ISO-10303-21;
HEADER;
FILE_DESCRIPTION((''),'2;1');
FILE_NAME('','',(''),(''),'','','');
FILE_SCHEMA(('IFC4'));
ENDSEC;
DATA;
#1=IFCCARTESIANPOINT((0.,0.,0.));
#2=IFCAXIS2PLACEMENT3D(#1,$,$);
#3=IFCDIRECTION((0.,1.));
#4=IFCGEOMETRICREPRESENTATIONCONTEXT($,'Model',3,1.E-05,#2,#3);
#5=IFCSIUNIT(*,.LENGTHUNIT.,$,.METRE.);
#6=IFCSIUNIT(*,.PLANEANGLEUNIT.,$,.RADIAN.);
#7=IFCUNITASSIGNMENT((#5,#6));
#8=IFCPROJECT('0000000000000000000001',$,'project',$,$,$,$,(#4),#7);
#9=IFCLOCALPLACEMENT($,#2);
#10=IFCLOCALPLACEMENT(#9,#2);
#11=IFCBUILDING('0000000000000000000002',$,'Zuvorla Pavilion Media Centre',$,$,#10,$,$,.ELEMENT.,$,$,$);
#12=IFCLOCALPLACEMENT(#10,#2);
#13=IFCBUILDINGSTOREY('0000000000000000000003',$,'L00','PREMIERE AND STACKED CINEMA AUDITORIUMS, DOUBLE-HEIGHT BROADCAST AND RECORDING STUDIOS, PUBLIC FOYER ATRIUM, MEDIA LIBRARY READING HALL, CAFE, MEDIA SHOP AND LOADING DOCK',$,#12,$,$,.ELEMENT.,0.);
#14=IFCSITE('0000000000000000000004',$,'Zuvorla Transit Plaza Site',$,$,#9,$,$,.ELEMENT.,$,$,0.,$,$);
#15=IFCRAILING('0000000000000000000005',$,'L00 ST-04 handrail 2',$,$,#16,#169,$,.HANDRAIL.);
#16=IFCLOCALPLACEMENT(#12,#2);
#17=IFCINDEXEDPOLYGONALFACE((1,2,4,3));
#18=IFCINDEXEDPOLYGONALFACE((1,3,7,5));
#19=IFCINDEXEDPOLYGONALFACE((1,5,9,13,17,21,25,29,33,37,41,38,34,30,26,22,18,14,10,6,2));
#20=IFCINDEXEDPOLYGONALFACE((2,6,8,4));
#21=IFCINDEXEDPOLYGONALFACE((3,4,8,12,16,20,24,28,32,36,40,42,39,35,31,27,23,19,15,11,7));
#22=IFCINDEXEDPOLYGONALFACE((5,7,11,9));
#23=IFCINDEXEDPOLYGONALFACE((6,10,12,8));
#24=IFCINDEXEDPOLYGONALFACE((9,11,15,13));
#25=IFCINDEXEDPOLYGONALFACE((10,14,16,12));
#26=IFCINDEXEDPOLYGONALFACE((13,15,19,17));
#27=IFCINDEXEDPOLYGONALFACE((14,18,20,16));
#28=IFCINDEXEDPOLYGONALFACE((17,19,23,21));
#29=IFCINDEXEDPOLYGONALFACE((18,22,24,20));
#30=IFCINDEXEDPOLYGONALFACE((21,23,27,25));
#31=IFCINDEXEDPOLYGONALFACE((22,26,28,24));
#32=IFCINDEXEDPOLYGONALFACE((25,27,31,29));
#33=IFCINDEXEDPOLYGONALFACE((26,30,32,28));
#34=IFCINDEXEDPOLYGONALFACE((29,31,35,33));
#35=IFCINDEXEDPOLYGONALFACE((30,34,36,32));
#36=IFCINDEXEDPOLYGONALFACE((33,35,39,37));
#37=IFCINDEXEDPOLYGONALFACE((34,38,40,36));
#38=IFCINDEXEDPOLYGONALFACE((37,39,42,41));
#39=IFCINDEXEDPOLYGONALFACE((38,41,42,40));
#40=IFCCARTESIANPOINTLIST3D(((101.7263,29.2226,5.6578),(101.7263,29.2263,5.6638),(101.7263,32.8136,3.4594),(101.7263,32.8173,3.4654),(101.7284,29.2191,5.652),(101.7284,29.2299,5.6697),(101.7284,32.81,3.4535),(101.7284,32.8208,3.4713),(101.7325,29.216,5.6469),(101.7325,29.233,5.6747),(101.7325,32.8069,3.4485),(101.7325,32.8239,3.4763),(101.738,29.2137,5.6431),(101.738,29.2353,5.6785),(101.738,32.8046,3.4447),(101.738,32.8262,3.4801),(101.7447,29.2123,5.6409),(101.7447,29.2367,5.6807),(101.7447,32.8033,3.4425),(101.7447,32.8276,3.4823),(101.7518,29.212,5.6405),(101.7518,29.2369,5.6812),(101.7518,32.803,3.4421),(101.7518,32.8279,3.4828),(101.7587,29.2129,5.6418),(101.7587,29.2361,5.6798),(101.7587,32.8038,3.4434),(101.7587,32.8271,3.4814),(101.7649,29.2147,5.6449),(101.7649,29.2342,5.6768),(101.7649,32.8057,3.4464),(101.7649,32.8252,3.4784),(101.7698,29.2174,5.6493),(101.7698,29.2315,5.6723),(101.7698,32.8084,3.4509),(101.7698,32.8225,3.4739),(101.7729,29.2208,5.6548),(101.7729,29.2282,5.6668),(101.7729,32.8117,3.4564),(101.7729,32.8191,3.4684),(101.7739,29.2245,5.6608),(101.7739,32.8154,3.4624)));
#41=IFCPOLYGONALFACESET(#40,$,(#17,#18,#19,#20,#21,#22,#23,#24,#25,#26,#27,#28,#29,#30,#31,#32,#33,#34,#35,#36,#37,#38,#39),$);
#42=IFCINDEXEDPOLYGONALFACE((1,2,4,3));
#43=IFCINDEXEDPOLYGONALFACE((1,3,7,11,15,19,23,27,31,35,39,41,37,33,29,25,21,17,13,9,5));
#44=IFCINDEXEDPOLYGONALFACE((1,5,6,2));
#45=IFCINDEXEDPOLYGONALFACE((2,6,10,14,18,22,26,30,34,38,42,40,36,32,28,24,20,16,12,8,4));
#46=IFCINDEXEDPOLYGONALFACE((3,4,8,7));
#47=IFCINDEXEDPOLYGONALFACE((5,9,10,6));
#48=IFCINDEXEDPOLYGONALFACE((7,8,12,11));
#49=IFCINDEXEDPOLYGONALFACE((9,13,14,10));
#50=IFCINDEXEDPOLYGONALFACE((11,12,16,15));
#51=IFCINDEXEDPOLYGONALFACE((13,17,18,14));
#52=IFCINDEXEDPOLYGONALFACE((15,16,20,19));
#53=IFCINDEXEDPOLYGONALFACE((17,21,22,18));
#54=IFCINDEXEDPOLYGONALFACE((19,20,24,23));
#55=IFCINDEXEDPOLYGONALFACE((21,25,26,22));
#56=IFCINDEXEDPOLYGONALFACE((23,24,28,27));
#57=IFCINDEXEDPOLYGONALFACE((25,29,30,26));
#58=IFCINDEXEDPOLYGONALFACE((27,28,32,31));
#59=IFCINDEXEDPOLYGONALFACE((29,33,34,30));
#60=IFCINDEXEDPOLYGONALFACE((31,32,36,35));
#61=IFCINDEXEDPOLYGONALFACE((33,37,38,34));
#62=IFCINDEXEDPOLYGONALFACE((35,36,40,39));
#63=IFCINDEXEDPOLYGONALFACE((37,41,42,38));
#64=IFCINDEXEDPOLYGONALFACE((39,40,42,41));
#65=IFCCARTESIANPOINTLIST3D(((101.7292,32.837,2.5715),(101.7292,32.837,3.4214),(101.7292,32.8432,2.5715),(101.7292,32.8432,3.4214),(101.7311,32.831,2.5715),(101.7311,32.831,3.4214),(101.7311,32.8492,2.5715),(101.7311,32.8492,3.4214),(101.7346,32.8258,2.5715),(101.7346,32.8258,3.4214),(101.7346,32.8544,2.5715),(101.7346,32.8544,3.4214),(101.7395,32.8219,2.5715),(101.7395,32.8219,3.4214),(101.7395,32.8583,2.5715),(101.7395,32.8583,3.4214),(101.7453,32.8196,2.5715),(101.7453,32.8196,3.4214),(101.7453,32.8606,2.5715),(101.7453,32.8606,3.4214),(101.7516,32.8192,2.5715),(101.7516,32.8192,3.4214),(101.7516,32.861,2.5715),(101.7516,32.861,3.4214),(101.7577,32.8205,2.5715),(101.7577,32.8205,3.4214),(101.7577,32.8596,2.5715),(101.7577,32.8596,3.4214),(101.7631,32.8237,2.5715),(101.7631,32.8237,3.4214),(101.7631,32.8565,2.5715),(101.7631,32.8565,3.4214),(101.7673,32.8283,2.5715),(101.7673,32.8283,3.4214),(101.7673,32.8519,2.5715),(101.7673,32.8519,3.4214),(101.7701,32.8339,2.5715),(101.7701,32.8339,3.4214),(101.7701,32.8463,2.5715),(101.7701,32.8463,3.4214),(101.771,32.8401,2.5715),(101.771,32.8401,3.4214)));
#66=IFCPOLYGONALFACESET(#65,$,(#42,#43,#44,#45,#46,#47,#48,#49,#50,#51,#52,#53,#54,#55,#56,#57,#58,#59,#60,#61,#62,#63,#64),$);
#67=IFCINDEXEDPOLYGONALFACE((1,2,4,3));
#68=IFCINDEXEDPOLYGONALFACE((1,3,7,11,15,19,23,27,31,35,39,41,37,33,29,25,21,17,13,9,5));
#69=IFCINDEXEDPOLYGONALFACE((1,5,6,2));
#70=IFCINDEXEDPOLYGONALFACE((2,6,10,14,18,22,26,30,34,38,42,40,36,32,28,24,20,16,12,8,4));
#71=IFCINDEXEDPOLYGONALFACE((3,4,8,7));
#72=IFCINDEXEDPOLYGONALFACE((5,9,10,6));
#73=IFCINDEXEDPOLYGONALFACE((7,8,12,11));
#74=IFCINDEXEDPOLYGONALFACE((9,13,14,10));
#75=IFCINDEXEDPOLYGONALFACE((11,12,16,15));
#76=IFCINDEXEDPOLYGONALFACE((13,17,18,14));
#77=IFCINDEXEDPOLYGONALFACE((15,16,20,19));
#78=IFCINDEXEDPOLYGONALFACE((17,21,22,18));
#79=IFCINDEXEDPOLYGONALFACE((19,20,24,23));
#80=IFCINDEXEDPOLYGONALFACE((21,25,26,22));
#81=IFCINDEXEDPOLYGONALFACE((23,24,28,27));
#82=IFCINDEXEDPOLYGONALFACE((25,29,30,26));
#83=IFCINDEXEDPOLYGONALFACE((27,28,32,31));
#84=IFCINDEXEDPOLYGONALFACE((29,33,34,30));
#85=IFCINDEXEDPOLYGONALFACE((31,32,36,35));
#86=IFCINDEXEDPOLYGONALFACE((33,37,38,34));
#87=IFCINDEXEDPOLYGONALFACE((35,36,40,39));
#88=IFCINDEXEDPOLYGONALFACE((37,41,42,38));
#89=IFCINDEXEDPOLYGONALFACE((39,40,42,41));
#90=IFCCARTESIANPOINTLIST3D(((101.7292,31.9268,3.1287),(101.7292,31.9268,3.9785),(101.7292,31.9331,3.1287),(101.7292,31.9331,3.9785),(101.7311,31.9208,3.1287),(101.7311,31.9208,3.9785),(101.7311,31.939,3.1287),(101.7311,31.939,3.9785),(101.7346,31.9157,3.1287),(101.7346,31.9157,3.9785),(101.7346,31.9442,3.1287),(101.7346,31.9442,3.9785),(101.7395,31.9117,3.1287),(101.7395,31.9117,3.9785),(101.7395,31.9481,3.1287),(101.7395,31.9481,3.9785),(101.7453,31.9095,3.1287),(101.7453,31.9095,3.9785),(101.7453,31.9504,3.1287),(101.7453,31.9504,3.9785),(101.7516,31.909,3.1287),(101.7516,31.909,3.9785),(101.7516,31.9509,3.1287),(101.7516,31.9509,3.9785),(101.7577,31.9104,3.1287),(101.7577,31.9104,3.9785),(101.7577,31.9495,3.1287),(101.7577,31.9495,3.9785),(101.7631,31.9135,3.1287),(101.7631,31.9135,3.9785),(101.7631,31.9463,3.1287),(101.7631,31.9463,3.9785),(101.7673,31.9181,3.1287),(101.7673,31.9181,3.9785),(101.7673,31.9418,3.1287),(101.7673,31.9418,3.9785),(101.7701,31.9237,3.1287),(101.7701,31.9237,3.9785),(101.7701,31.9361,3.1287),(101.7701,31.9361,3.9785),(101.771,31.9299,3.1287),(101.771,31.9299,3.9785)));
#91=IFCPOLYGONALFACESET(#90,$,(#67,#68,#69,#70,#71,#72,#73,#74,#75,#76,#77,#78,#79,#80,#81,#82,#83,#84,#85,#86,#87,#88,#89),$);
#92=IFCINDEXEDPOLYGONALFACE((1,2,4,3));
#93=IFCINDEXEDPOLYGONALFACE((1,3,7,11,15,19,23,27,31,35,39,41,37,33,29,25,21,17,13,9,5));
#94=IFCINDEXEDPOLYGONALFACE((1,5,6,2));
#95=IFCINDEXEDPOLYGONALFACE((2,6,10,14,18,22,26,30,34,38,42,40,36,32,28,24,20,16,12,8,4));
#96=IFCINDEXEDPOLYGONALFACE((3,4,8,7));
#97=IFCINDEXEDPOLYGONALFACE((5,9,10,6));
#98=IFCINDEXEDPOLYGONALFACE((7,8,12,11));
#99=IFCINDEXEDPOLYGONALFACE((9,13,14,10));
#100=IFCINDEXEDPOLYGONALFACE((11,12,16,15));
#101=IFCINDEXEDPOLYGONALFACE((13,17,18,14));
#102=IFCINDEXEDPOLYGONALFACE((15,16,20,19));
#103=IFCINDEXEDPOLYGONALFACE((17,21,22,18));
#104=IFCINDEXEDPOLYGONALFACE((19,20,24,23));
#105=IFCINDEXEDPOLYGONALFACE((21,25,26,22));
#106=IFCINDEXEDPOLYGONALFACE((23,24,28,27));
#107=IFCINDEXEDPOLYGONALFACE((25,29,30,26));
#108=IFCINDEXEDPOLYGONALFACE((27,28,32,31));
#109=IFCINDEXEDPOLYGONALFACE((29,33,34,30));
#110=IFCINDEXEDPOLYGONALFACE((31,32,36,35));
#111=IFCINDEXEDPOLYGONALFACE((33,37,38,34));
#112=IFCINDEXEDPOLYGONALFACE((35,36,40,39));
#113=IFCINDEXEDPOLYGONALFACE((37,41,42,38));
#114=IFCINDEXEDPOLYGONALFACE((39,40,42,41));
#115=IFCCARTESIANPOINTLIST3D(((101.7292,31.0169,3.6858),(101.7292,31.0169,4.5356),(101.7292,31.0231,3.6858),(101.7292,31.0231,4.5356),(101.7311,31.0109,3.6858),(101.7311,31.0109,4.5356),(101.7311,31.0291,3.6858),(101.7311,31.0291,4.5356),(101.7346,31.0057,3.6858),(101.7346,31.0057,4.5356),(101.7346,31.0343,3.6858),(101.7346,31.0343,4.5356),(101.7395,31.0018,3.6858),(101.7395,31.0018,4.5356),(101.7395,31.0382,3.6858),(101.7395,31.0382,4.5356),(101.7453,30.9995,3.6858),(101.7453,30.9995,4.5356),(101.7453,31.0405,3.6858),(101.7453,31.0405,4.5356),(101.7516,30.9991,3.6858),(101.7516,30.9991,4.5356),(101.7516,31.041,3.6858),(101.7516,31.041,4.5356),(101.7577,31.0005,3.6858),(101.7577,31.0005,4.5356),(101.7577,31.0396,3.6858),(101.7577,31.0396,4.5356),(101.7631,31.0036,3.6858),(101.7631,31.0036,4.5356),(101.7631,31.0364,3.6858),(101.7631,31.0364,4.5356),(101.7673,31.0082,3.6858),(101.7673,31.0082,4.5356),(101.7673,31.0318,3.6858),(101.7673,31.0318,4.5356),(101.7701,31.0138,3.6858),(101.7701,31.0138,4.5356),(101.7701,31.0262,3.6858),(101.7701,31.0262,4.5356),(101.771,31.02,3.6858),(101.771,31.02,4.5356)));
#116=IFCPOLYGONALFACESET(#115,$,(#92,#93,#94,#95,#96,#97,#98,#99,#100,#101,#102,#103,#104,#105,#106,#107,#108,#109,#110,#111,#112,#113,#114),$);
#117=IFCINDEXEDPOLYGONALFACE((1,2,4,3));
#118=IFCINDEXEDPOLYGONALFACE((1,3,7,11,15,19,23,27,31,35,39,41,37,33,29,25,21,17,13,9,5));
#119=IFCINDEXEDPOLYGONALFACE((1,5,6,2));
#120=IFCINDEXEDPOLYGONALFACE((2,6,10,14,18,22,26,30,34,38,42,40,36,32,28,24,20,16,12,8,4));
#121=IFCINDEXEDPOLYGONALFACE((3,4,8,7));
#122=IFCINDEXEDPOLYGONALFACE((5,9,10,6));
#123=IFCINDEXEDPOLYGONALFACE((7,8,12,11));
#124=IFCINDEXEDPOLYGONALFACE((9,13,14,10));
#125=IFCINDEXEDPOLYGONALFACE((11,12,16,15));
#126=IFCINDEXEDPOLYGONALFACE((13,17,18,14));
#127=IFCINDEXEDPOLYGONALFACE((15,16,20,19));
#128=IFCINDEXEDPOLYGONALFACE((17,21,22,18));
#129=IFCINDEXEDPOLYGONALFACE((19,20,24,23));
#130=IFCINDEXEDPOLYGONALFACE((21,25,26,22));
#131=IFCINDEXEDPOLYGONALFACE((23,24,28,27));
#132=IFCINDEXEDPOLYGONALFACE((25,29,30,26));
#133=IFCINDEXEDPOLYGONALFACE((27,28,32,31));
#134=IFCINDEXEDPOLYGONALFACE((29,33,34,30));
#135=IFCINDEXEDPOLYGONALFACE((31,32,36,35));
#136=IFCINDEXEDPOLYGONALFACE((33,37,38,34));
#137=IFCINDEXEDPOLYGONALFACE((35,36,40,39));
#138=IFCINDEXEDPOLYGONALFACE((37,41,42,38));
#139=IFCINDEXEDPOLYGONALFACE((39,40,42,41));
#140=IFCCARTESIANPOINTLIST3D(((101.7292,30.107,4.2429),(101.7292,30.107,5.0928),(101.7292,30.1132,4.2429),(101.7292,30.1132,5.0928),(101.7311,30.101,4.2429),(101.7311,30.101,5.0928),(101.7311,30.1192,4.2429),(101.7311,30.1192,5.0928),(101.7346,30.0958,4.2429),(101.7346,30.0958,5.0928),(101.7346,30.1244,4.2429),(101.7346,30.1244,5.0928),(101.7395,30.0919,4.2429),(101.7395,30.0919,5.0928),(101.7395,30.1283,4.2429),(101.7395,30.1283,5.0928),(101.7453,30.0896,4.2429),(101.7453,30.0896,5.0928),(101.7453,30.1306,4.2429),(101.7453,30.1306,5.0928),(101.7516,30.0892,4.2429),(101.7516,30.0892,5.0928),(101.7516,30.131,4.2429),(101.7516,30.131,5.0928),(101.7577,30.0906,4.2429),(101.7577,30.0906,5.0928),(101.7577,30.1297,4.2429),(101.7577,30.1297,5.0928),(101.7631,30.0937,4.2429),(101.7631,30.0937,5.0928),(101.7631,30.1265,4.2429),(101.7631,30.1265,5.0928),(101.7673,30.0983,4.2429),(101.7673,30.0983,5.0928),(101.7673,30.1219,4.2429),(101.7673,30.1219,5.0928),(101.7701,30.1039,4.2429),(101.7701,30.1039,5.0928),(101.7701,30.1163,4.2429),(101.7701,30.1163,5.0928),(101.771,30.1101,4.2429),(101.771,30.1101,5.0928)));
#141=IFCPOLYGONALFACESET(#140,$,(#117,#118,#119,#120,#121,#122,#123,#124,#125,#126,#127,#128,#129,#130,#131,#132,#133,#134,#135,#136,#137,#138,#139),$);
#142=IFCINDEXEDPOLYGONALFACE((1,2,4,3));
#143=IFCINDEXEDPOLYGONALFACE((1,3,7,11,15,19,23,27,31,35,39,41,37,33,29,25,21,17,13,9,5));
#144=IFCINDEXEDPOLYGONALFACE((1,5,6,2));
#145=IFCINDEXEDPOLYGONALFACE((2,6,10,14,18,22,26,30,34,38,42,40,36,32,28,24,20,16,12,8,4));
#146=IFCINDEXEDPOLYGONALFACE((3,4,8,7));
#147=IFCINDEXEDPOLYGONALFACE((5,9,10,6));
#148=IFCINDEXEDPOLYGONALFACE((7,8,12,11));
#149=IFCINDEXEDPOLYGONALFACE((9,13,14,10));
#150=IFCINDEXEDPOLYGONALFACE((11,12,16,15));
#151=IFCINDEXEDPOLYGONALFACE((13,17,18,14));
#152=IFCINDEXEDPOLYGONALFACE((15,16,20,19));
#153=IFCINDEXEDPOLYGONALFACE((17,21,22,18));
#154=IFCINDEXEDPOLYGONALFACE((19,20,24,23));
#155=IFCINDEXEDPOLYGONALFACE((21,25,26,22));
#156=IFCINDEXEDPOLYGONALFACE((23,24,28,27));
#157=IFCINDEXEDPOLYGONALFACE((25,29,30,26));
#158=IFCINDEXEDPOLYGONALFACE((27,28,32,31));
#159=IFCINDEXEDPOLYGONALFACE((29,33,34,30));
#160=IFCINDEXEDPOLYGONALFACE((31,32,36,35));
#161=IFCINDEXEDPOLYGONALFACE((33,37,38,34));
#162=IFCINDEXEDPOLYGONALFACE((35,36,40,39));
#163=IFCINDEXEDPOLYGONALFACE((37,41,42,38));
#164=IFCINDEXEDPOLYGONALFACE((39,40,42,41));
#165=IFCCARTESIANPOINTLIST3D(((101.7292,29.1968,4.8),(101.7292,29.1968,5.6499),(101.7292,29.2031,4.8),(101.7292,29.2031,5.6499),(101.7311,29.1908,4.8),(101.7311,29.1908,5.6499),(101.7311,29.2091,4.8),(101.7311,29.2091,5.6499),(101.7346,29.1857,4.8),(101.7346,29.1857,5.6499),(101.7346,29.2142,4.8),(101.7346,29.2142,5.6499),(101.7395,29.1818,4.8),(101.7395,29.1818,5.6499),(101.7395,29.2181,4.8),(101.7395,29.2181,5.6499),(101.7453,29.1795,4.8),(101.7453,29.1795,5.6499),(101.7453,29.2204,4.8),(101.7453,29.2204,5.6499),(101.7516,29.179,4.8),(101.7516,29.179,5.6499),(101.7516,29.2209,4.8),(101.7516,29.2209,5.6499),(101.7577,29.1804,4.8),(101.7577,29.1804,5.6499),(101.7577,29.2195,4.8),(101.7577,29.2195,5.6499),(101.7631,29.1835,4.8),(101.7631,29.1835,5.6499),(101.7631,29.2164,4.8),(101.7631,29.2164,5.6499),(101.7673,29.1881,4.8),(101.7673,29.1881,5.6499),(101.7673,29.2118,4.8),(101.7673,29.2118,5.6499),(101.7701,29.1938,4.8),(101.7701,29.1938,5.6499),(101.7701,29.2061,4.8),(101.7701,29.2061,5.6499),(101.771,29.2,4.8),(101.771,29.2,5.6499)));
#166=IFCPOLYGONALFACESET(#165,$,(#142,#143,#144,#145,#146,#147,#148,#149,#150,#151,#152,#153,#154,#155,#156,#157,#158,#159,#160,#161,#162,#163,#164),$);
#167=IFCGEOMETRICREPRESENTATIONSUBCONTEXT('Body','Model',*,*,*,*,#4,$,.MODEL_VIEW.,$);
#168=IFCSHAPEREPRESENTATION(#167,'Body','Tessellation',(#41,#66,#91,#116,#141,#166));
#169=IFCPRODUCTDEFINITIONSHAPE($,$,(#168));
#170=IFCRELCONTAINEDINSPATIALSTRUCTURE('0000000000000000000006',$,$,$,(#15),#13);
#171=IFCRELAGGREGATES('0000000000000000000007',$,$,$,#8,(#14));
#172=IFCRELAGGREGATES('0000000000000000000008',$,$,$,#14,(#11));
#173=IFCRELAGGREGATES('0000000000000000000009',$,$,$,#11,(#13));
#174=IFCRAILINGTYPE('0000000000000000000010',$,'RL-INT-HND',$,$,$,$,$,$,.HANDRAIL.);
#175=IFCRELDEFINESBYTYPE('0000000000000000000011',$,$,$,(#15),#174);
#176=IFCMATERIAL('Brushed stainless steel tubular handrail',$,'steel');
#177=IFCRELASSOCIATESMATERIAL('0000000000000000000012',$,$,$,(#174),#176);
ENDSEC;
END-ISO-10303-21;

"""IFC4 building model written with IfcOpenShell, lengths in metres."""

from ifc_helpers import new_model, si_unit, direction, frame, origin, origin_2d, place, context, subcontext, project, spatial, circle, extrude, material, type_object, element, save


model = new_model("IFC4")

# Units and contexts
model_context = context("Model", 3, precision=1e-05, world=origin(), true_north=direction((0.0, 1.0)))
body_context = subcontext(model_context, "Body", "Model", "MODEL_VIEW")
ifc_project = project(units=[si_unit("LENGTHUNIT", "METRE"), si_unit("PLANEANGLEUNIT", "RADIAN")], contexts=[model_context])

# Site, building, storey
site_placement = place(None, origin())
site = spatial("IfcSite", under=ifc_project, at=site_placement, Name="Zuvorla Transit Plaza Site", CompositionType="ELEMENT", RefElevation=0.0)
building_placement = place(site_placement, origin())
building = spatial("IfcBuilding", under=site, at=building_placement, Name="Zuvorla Pavilion Media Centre", CompositionType="ELEMENT")
storey_placement = place(building_placement, origin())
storey = spatial("IfcBuildingStorey", under=building, at=storey_placement, Name="L00", Description="PREMIERE AND STACKED CINEMA AUDITORIUMS, DOUBLE-HEIGHT BROADCAST AND RECORDING STUDIOS, PUBLIC FOYER ATRIUM, MEDIA LIBRARY READING HALL, CAFE, MEDIA SHOP AND LOADING DOCK", CompositionType="ELEMENT", Elevation=0.0)

# Railing
ifc_material_1 = material(Name="Brushed stainless steel tubular handrail", Category="steel")
railing_type_1 = type_object("IfcRailingType", Name="RL-INT-HND", PredefinedType="HANDRAIL", material=ifc_material_1)
railing_1_placement = place(storey_placement, frame((101.75, 32.8401, 2.5715)))
element("IfcRailing", 1, at=railing_1_placement, inside=storey, type_object=railing_type_1, Name="L00 ST-04 handrail 2", PredefinedType="HANDRAIL", context=body_context, shape_type="SweptSolid", body=[
    extrude(circle(Radius=0.0239, at=origin_2d()), frame((0.0, -0.0247, 0.8909), z_axis=(0.0, -0.852866, 0.52213), x_axis=(1.0, 0.0, 0.0)), (0.0, 0.0, 1.0), 4.2104),
    extrude(circle(Radius=0.021, at=origin_2d()), origin(), (0.0, 0.0, 1.0), 0.8499),
    extrude(circle(Radius=0.021, at=origin_2d()), frame((0.0, -0.9102, 0.5571)), (0.0, 0.0, 1.0), 0.8499),
    extrude(circle(Radius=0.021, at=origin_2d()), frame((0.0, -1.8201, 1.1143)), (0.0, 0.0, 1.0), 0.8499),
    extrude(circle(Radius=0.021, at=origin_2d()), frame((0.0, -2.73, 1.6714)), (0.0, 0.0, 1.0), 0.8499),
    extrude(circle(Radius=0.021, at=origin_2d()), frame((0.0, -3.6401, 2.2285)), (0.0, 0.0, 1.0), 0.8499),
])

save(model, "model.ifc")
